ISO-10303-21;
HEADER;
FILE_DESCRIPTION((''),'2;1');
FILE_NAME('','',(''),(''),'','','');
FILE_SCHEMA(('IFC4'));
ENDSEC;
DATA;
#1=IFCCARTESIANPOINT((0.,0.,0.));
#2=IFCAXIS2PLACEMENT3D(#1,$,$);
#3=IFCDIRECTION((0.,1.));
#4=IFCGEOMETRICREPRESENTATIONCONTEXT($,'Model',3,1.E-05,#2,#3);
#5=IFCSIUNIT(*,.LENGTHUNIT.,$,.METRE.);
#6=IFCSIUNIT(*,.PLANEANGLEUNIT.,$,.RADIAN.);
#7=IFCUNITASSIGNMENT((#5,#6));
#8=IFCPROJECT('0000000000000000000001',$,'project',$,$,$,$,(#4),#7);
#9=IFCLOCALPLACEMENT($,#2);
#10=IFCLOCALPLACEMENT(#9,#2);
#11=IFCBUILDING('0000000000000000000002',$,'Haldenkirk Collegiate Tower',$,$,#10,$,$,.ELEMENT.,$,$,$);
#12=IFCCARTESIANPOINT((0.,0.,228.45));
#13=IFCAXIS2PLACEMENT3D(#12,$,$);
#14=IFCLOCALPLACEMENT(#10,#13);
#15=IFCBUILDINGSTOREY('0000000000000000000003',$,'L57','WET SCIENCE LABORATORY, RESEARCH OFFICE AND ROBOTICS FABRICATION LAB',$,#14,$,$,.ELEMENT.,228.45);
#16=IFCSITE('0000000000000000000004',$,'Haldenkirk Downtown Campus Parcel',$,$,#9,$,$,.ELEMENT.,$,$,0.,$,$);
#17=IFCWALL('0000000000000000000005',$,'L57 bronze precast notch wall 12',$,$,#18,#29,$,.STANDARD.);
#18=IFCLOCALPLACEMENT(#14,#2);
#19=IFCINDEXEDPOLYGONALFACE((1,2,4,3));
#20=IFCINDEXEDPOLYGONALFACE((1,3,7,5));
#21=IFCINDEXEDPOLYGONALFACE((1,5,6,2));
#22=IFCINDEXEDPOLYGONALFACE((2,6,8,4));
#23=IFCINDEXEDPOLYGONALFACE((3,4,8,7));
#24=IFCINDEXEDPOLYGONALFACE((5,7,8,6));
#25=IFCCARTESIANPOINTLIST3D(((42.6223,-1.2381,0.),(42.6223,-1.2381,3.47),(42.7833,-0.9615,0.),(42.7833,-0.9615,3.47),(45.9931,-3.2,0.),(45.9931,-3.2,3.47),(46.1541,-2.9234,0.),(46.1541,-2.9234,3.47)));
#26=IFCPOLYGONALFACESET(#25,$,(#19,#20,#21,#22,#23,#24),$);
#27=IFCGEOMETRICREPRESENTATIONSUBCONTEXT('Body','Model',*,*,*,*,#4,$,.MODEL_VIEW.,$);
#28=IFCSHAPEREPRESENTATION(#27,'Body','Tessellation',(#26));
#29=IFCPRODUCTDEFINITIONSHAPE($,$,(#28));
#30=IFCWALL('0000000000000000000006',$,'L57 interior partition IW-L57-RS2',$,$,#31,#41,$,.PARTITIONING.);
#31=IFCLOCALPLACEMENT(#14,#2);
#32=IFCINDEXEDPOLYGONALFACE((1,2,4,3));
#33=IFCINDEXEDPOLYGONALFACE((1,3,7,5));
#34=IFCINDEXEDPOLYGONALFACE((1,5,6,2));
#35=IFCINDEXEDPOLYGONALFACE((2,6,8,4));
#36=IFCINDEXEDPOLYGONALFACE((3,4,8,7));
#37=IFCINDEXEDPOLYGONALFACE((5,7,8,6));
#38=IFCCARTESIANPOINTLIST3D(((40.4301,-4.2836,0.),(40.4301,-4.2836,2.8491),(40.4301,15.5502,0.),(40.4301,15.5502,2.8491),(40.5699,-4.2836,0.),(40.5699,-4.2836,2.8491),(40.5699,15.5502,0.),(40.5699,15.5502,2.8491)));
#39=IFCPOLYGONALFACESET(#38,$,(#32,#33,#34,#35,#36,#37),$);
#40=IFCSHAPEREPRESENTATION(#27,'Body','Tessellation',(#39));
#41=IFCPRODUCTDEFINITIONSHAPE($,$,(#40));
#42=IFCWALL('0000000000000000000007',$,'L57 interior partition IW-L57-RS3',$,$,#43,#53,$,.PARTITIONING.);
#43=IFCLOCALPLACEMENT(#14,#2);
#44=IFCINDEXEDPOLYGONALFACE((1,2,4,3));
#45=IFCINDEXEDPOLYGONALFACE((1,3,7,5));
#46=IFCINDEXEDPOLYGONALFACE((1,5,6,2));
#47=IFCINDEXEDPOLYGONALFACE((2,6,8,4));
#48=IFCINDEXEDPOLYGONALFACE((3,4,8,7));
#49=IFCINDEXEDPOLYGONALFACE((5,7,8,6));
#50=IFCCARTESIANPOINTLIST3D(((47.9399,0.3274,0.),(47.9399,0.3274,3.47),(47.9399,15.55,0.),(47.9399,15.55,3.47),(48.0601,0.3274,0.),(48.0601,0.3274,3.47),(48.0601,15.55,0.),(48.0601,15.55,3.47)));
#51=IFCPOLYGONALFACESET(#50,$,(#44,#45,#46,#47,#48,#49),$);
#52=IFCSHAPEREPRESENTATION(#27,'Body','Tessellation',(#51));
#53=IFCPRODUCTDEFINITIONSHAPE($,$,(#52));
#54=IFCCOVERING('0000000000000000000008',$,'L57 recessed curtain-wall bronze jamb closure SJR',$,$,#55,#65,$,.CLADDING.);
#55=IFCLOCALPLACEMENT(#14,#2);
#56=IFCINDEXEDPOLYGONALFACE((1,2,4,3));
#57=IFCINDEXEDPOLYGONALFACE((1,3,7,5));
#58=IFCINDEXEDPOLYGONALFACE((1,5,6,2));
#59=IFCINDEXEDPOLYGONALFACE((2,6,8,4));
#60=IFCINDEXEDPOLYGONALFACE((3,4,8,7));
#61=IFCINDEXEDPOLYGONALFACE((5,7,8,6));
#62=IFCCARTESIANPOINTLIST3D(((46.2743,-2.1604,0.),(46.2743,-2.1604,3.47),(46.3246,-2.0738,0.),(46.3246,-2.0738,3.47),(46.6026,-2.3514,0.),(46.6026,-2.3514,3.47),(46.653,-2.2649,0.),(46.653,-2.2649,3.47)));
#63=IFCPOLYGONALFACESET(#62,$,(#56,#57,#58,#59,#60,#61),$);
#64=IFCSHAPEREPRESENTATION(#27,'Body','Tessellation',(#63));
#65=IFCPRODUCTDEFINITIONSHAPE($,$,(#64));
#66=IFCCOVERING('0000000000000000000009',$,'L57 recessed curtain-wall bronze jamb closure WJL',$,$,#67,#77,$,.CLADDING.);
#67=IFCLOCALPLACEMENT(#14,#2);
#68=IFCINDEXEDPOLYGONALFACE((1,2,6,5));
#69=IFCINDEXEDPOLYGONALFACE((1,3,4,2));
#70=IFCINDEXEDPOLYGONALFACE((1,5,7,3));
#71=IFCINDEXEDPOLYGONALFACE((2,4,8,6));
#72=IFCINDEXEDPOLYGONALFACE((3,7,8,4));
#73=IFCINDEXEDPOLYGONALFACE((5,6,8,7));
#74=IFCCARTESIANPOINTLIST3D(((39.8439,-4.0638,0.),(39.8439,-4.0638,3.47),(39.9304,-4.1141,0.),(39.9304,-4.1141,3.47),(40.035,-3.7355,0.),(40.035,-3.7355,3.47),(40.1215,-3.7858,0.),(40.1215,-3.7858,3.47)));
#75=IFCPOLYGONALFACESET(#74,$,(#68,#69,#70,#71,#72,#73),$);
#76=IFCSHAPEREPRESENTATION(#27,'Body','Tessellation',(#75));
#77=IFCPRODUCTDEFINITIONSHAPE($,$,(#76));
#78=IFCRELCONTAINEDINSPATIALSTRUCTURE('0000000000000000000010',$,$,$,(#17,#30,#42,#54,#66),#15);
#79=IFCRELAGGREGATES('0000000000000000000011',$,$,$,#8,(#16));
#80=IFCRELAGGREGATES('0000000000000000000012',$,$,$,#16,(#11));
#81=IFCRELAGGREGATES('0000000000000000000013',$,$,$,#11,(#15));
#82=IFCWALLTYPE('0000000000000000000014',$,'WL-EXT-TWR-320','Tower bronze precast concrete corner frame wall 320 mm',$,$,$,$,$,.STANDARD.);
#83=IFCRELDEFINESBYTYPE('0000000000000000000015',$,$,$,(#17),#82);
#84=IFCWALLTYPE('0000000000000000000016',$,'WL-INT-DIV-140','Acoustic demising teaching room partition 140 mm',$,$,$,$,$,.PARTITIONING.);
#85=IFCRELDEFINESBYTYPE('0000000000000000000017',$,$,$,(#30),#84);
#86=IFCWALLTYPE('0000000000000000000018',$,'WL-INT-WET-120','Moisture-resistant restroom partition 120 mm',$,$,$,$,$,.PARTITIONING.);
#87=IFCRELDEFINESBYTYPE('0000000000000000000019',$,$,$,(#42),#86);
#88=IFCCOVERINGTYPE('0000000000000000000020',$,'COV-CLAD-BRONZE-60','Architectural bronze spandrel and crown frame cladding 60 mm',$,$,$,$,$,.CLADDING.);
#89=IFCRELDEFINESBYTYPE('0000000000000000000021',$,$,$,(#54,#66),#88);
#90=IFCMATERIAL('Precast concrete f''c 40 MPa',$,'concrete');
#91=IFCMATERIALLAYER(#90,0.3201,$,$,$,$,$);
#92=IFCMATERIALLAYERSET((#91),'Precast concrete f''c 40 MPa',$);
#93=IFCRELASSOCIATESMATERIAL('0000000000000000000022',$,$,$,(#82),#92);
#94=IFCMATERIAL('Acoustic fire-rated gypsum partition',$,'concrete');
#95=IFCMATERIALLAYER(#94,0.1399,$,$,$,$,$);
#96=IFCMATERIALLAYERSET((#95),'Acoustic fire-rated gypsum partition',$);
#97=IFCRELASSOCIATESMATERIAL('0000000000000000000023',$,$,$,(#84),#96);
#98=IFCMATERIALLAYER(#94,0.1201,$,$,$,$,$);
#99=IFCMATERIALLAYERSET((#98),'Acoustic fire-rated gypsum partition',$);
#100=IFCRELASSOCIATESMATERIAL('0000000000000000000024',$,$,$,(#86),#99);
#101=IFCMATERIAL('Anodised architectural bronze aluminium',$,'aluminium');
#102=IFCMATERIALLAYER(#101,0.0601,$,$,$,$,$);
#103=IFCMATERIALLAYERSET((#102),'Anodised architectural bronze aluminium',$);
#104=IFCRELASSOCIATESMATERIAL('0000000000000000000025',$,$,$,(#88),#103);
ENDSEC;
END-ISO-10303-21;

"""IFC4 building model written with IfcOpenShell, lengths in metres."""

from ifc_helpers import new_model, si_unit, direction, frame, frame_2d, origin, origin_2d, place, context, subcontext, project, spatial, rectangle, extrude, source, transform, mapped, material, layer, layer_set, type_object, element, save


model = new_model("IFC4")

# Units and contexts
model_context = context("Model", 3, precision=1e-05, world=origin(), true_north=direction((0.0, 1.0)))
body_context = subcontext(model_context, "Body", "Model", "MODEL_VIEW")
ifc_project = project(units=[si_unit("LENGTHUNIT", "METRE"), si_unit("PLANEANGLEUNIT", "RADIAN")], contexts=[model_context])

# Site, building, storey
site_placement = place(None, origin())
site = spatial("IfcSite", under=ifc_project, at=site_placement, Name="Haldenkirk Downtown Campus Parcel", CompositionType="ELEMENT", RefElevation=0.0)
building_placement = place(site_placement, origin())
building = spatial("IfcBuilding", under=site, at=building_placement, Name="Haldenkirk Collegiate Tower", CompositionType="ELEMENT")
storey_placement = place(building_placement, frame((0.0, 0.0, 228.45)))
storey = spatial("IfcBuildingStorey", under=building, at=storey_placement, Name="L57", Description="WET SCIENCE LABORATORY, RESEARCH OFFICE AND ROBOTICS FABRICATION LAB", CompositionType="ELEMENT", Elevation=228.45)

# Shared definitions
ifc_material_1 = material(Name="Anodised architectural bronze aluminium", Category="aluminium")

# Walls
ifc_material_2 = material(Name="Precast concrete f'c 40 MPa", Category="concrete")
ifc_layer_1 = layer(ifc_material_2, 0.3201)
ifc_layer_set_1 = layer_set([ifc_layer_1], Name="Precast concrete f'c 40 MPa")
wall_type_1 = type_object("IfcWallType", Name="WL-EXT-TWR-320", Description="Tower bronze precast concrete corner frame wall 320 mm", PredefinedType="STANDARD", material=ifc_layer_set_1)
wall_1_placement = place(storey_placement, frame((46.0737, -3.0618, 0.0), z_axis=(0.0, 0.0, 1.0), x_axis=(-0.864271, 0.503026, 0.0)))
element("IfcWall", 1, at=wall_1_placement, inside=storey, type_object=wall_type_1, Name="L57 bronze precast notch wall 12", PredefinedType="STANDARD", context=body_context, shape_type="SweptSolid", body=[
    extrude(rectangle(XDim=3.9001, YDim=0.3201, at=frame_2d((1.9502, 0.0))), origin(), (0.0, 0.0, 1.0), 3.47),
])
ifc_material_3 = material(Name="Acoustic fire-rated gypsum partition", Category="concrete")
ifc_layer_2 = layer(ifc_material_3, 0.1399)
ifc_layer_set_2 = layer_set([ifc_layer_2], Name="Acoustic fire-rated gypsum partition")
wall_type_2 = type_object("IfcWallType", Name="WL-INT-DIV-140", Description="Acoustic demising teaching room partition 140 mm", PredefinedType="PARTITIONING", material=ifc_layer_set_2)
wall_2_placement = place(storey_placement, frame((40.5, -4.2837, 0.0), z_axis=(0.0, 0.0, 1.0), x_axis=(0.0, 1.0, 0.0)))
element("IfcWall", 2, at=wall_2_placement, inside=storey, type_object=wall_type_2, Name="L57 interior partition IW-L57-RS2", PredefinedType="PARTITIONING", context=body_context, shape_type="SweptSolid", body=[
    extrude(rectangle(XDim=19.8337, YDim=0.1399, at=frame_2d((9.917, 0.0))), origin(), (0.0, 0.0, 1.0), 2.8491),
])
ifc_layer_3 = layer(ifc_material_3, 0.1201)
ifc_layer_set_3 = layer_set([ifc_layer_3], Name="Acoustic fire-rated gypsum partition")
wall_type_3 = type_object("IfcWallType", Name="WL-INT-WET-120", Description="Moisture-resistant restroom partition 120 mm", PredefinedType="PARTITIONING", material=ifc_layer_set_3)
wall_3_placement = place(storey_placement, frame((48.0, 0.3274, 0.0), z_axis=(0.0, 0.0, 1.0), x_axis=(0.0, 1.0, 0.0)))
element("IfcWall", 3, at=wall_3_placement, inside=storey, type_object=wall_type_3, Name="L57 interior partition IW-L57-RS3", PredefinedType="PARTITIONING", context=body_context, shape_type="SweptSolid", body=[
    extrude(rectangle(XDim=15.2227, YDim=0.1201, at=frame_2d((7.6113, 0.0))), origin(), (0.0, 0.0, 1.0), 3.47),
])

# Coverings
ifc_layer_4 = layer(ifc_material_1, 0.0601)
ifc_layer_set_4 = layer_set([ifc_layer_4], Name="Anodised architectural bronze aluminium")
covering_type = type_object("IfcCoveringType", Name="COV-CLAD-BRONZE-60", Description="Architectural bronze spandrel and crown frame cladding 60 mm", PredefinedType="CLADDING", material=ifc_layer_set_4)
shared_shape_1 = source(origin(), body_context, "Body", "SweptSolid", [
    extrude(rectangle(XDim=0.1001, YDim=0.3799, at=origin_2d()), origin(), (0.0, 0.0, 1.0), 3.47),
])
for number, where, z_axis, x_axis, name in (
    (4, (46.4636, -2.2126, 0.0), (0.0, 0.0, 1.0), (-0.50302, -0.864275, 0.0), "L57 recessed curtain-wall bronze jamb closure SJR"),
    (5, (39.9827, -3.9248, 0.0), (0.0, 0.0, 1.0), (-0.864275, 0.50302, 0.0), "L57 recessed curtain-wall bronze jamb closure WJL"),
):
    element("IfcCovering", number, at=place(storey_placement, frame(where, z_axis=z_axis, x_axis=x_axis)), inside=storey, type_object=covering_type, Name=name, PredefinedType="CLADDING", context=body_context, shape_type="MappedRepresentation", body=[
        mapped(shared_shape_1, transform((0.0, 0.0, 0.0), x_axis=(1.0, 0.0, 0.0), y_axis=(0.0, 1.0, 0.0), z_axis=(0.0, 0.0, 1.0), scale=1.0)),
    ])

save(model, "model.ifc")
